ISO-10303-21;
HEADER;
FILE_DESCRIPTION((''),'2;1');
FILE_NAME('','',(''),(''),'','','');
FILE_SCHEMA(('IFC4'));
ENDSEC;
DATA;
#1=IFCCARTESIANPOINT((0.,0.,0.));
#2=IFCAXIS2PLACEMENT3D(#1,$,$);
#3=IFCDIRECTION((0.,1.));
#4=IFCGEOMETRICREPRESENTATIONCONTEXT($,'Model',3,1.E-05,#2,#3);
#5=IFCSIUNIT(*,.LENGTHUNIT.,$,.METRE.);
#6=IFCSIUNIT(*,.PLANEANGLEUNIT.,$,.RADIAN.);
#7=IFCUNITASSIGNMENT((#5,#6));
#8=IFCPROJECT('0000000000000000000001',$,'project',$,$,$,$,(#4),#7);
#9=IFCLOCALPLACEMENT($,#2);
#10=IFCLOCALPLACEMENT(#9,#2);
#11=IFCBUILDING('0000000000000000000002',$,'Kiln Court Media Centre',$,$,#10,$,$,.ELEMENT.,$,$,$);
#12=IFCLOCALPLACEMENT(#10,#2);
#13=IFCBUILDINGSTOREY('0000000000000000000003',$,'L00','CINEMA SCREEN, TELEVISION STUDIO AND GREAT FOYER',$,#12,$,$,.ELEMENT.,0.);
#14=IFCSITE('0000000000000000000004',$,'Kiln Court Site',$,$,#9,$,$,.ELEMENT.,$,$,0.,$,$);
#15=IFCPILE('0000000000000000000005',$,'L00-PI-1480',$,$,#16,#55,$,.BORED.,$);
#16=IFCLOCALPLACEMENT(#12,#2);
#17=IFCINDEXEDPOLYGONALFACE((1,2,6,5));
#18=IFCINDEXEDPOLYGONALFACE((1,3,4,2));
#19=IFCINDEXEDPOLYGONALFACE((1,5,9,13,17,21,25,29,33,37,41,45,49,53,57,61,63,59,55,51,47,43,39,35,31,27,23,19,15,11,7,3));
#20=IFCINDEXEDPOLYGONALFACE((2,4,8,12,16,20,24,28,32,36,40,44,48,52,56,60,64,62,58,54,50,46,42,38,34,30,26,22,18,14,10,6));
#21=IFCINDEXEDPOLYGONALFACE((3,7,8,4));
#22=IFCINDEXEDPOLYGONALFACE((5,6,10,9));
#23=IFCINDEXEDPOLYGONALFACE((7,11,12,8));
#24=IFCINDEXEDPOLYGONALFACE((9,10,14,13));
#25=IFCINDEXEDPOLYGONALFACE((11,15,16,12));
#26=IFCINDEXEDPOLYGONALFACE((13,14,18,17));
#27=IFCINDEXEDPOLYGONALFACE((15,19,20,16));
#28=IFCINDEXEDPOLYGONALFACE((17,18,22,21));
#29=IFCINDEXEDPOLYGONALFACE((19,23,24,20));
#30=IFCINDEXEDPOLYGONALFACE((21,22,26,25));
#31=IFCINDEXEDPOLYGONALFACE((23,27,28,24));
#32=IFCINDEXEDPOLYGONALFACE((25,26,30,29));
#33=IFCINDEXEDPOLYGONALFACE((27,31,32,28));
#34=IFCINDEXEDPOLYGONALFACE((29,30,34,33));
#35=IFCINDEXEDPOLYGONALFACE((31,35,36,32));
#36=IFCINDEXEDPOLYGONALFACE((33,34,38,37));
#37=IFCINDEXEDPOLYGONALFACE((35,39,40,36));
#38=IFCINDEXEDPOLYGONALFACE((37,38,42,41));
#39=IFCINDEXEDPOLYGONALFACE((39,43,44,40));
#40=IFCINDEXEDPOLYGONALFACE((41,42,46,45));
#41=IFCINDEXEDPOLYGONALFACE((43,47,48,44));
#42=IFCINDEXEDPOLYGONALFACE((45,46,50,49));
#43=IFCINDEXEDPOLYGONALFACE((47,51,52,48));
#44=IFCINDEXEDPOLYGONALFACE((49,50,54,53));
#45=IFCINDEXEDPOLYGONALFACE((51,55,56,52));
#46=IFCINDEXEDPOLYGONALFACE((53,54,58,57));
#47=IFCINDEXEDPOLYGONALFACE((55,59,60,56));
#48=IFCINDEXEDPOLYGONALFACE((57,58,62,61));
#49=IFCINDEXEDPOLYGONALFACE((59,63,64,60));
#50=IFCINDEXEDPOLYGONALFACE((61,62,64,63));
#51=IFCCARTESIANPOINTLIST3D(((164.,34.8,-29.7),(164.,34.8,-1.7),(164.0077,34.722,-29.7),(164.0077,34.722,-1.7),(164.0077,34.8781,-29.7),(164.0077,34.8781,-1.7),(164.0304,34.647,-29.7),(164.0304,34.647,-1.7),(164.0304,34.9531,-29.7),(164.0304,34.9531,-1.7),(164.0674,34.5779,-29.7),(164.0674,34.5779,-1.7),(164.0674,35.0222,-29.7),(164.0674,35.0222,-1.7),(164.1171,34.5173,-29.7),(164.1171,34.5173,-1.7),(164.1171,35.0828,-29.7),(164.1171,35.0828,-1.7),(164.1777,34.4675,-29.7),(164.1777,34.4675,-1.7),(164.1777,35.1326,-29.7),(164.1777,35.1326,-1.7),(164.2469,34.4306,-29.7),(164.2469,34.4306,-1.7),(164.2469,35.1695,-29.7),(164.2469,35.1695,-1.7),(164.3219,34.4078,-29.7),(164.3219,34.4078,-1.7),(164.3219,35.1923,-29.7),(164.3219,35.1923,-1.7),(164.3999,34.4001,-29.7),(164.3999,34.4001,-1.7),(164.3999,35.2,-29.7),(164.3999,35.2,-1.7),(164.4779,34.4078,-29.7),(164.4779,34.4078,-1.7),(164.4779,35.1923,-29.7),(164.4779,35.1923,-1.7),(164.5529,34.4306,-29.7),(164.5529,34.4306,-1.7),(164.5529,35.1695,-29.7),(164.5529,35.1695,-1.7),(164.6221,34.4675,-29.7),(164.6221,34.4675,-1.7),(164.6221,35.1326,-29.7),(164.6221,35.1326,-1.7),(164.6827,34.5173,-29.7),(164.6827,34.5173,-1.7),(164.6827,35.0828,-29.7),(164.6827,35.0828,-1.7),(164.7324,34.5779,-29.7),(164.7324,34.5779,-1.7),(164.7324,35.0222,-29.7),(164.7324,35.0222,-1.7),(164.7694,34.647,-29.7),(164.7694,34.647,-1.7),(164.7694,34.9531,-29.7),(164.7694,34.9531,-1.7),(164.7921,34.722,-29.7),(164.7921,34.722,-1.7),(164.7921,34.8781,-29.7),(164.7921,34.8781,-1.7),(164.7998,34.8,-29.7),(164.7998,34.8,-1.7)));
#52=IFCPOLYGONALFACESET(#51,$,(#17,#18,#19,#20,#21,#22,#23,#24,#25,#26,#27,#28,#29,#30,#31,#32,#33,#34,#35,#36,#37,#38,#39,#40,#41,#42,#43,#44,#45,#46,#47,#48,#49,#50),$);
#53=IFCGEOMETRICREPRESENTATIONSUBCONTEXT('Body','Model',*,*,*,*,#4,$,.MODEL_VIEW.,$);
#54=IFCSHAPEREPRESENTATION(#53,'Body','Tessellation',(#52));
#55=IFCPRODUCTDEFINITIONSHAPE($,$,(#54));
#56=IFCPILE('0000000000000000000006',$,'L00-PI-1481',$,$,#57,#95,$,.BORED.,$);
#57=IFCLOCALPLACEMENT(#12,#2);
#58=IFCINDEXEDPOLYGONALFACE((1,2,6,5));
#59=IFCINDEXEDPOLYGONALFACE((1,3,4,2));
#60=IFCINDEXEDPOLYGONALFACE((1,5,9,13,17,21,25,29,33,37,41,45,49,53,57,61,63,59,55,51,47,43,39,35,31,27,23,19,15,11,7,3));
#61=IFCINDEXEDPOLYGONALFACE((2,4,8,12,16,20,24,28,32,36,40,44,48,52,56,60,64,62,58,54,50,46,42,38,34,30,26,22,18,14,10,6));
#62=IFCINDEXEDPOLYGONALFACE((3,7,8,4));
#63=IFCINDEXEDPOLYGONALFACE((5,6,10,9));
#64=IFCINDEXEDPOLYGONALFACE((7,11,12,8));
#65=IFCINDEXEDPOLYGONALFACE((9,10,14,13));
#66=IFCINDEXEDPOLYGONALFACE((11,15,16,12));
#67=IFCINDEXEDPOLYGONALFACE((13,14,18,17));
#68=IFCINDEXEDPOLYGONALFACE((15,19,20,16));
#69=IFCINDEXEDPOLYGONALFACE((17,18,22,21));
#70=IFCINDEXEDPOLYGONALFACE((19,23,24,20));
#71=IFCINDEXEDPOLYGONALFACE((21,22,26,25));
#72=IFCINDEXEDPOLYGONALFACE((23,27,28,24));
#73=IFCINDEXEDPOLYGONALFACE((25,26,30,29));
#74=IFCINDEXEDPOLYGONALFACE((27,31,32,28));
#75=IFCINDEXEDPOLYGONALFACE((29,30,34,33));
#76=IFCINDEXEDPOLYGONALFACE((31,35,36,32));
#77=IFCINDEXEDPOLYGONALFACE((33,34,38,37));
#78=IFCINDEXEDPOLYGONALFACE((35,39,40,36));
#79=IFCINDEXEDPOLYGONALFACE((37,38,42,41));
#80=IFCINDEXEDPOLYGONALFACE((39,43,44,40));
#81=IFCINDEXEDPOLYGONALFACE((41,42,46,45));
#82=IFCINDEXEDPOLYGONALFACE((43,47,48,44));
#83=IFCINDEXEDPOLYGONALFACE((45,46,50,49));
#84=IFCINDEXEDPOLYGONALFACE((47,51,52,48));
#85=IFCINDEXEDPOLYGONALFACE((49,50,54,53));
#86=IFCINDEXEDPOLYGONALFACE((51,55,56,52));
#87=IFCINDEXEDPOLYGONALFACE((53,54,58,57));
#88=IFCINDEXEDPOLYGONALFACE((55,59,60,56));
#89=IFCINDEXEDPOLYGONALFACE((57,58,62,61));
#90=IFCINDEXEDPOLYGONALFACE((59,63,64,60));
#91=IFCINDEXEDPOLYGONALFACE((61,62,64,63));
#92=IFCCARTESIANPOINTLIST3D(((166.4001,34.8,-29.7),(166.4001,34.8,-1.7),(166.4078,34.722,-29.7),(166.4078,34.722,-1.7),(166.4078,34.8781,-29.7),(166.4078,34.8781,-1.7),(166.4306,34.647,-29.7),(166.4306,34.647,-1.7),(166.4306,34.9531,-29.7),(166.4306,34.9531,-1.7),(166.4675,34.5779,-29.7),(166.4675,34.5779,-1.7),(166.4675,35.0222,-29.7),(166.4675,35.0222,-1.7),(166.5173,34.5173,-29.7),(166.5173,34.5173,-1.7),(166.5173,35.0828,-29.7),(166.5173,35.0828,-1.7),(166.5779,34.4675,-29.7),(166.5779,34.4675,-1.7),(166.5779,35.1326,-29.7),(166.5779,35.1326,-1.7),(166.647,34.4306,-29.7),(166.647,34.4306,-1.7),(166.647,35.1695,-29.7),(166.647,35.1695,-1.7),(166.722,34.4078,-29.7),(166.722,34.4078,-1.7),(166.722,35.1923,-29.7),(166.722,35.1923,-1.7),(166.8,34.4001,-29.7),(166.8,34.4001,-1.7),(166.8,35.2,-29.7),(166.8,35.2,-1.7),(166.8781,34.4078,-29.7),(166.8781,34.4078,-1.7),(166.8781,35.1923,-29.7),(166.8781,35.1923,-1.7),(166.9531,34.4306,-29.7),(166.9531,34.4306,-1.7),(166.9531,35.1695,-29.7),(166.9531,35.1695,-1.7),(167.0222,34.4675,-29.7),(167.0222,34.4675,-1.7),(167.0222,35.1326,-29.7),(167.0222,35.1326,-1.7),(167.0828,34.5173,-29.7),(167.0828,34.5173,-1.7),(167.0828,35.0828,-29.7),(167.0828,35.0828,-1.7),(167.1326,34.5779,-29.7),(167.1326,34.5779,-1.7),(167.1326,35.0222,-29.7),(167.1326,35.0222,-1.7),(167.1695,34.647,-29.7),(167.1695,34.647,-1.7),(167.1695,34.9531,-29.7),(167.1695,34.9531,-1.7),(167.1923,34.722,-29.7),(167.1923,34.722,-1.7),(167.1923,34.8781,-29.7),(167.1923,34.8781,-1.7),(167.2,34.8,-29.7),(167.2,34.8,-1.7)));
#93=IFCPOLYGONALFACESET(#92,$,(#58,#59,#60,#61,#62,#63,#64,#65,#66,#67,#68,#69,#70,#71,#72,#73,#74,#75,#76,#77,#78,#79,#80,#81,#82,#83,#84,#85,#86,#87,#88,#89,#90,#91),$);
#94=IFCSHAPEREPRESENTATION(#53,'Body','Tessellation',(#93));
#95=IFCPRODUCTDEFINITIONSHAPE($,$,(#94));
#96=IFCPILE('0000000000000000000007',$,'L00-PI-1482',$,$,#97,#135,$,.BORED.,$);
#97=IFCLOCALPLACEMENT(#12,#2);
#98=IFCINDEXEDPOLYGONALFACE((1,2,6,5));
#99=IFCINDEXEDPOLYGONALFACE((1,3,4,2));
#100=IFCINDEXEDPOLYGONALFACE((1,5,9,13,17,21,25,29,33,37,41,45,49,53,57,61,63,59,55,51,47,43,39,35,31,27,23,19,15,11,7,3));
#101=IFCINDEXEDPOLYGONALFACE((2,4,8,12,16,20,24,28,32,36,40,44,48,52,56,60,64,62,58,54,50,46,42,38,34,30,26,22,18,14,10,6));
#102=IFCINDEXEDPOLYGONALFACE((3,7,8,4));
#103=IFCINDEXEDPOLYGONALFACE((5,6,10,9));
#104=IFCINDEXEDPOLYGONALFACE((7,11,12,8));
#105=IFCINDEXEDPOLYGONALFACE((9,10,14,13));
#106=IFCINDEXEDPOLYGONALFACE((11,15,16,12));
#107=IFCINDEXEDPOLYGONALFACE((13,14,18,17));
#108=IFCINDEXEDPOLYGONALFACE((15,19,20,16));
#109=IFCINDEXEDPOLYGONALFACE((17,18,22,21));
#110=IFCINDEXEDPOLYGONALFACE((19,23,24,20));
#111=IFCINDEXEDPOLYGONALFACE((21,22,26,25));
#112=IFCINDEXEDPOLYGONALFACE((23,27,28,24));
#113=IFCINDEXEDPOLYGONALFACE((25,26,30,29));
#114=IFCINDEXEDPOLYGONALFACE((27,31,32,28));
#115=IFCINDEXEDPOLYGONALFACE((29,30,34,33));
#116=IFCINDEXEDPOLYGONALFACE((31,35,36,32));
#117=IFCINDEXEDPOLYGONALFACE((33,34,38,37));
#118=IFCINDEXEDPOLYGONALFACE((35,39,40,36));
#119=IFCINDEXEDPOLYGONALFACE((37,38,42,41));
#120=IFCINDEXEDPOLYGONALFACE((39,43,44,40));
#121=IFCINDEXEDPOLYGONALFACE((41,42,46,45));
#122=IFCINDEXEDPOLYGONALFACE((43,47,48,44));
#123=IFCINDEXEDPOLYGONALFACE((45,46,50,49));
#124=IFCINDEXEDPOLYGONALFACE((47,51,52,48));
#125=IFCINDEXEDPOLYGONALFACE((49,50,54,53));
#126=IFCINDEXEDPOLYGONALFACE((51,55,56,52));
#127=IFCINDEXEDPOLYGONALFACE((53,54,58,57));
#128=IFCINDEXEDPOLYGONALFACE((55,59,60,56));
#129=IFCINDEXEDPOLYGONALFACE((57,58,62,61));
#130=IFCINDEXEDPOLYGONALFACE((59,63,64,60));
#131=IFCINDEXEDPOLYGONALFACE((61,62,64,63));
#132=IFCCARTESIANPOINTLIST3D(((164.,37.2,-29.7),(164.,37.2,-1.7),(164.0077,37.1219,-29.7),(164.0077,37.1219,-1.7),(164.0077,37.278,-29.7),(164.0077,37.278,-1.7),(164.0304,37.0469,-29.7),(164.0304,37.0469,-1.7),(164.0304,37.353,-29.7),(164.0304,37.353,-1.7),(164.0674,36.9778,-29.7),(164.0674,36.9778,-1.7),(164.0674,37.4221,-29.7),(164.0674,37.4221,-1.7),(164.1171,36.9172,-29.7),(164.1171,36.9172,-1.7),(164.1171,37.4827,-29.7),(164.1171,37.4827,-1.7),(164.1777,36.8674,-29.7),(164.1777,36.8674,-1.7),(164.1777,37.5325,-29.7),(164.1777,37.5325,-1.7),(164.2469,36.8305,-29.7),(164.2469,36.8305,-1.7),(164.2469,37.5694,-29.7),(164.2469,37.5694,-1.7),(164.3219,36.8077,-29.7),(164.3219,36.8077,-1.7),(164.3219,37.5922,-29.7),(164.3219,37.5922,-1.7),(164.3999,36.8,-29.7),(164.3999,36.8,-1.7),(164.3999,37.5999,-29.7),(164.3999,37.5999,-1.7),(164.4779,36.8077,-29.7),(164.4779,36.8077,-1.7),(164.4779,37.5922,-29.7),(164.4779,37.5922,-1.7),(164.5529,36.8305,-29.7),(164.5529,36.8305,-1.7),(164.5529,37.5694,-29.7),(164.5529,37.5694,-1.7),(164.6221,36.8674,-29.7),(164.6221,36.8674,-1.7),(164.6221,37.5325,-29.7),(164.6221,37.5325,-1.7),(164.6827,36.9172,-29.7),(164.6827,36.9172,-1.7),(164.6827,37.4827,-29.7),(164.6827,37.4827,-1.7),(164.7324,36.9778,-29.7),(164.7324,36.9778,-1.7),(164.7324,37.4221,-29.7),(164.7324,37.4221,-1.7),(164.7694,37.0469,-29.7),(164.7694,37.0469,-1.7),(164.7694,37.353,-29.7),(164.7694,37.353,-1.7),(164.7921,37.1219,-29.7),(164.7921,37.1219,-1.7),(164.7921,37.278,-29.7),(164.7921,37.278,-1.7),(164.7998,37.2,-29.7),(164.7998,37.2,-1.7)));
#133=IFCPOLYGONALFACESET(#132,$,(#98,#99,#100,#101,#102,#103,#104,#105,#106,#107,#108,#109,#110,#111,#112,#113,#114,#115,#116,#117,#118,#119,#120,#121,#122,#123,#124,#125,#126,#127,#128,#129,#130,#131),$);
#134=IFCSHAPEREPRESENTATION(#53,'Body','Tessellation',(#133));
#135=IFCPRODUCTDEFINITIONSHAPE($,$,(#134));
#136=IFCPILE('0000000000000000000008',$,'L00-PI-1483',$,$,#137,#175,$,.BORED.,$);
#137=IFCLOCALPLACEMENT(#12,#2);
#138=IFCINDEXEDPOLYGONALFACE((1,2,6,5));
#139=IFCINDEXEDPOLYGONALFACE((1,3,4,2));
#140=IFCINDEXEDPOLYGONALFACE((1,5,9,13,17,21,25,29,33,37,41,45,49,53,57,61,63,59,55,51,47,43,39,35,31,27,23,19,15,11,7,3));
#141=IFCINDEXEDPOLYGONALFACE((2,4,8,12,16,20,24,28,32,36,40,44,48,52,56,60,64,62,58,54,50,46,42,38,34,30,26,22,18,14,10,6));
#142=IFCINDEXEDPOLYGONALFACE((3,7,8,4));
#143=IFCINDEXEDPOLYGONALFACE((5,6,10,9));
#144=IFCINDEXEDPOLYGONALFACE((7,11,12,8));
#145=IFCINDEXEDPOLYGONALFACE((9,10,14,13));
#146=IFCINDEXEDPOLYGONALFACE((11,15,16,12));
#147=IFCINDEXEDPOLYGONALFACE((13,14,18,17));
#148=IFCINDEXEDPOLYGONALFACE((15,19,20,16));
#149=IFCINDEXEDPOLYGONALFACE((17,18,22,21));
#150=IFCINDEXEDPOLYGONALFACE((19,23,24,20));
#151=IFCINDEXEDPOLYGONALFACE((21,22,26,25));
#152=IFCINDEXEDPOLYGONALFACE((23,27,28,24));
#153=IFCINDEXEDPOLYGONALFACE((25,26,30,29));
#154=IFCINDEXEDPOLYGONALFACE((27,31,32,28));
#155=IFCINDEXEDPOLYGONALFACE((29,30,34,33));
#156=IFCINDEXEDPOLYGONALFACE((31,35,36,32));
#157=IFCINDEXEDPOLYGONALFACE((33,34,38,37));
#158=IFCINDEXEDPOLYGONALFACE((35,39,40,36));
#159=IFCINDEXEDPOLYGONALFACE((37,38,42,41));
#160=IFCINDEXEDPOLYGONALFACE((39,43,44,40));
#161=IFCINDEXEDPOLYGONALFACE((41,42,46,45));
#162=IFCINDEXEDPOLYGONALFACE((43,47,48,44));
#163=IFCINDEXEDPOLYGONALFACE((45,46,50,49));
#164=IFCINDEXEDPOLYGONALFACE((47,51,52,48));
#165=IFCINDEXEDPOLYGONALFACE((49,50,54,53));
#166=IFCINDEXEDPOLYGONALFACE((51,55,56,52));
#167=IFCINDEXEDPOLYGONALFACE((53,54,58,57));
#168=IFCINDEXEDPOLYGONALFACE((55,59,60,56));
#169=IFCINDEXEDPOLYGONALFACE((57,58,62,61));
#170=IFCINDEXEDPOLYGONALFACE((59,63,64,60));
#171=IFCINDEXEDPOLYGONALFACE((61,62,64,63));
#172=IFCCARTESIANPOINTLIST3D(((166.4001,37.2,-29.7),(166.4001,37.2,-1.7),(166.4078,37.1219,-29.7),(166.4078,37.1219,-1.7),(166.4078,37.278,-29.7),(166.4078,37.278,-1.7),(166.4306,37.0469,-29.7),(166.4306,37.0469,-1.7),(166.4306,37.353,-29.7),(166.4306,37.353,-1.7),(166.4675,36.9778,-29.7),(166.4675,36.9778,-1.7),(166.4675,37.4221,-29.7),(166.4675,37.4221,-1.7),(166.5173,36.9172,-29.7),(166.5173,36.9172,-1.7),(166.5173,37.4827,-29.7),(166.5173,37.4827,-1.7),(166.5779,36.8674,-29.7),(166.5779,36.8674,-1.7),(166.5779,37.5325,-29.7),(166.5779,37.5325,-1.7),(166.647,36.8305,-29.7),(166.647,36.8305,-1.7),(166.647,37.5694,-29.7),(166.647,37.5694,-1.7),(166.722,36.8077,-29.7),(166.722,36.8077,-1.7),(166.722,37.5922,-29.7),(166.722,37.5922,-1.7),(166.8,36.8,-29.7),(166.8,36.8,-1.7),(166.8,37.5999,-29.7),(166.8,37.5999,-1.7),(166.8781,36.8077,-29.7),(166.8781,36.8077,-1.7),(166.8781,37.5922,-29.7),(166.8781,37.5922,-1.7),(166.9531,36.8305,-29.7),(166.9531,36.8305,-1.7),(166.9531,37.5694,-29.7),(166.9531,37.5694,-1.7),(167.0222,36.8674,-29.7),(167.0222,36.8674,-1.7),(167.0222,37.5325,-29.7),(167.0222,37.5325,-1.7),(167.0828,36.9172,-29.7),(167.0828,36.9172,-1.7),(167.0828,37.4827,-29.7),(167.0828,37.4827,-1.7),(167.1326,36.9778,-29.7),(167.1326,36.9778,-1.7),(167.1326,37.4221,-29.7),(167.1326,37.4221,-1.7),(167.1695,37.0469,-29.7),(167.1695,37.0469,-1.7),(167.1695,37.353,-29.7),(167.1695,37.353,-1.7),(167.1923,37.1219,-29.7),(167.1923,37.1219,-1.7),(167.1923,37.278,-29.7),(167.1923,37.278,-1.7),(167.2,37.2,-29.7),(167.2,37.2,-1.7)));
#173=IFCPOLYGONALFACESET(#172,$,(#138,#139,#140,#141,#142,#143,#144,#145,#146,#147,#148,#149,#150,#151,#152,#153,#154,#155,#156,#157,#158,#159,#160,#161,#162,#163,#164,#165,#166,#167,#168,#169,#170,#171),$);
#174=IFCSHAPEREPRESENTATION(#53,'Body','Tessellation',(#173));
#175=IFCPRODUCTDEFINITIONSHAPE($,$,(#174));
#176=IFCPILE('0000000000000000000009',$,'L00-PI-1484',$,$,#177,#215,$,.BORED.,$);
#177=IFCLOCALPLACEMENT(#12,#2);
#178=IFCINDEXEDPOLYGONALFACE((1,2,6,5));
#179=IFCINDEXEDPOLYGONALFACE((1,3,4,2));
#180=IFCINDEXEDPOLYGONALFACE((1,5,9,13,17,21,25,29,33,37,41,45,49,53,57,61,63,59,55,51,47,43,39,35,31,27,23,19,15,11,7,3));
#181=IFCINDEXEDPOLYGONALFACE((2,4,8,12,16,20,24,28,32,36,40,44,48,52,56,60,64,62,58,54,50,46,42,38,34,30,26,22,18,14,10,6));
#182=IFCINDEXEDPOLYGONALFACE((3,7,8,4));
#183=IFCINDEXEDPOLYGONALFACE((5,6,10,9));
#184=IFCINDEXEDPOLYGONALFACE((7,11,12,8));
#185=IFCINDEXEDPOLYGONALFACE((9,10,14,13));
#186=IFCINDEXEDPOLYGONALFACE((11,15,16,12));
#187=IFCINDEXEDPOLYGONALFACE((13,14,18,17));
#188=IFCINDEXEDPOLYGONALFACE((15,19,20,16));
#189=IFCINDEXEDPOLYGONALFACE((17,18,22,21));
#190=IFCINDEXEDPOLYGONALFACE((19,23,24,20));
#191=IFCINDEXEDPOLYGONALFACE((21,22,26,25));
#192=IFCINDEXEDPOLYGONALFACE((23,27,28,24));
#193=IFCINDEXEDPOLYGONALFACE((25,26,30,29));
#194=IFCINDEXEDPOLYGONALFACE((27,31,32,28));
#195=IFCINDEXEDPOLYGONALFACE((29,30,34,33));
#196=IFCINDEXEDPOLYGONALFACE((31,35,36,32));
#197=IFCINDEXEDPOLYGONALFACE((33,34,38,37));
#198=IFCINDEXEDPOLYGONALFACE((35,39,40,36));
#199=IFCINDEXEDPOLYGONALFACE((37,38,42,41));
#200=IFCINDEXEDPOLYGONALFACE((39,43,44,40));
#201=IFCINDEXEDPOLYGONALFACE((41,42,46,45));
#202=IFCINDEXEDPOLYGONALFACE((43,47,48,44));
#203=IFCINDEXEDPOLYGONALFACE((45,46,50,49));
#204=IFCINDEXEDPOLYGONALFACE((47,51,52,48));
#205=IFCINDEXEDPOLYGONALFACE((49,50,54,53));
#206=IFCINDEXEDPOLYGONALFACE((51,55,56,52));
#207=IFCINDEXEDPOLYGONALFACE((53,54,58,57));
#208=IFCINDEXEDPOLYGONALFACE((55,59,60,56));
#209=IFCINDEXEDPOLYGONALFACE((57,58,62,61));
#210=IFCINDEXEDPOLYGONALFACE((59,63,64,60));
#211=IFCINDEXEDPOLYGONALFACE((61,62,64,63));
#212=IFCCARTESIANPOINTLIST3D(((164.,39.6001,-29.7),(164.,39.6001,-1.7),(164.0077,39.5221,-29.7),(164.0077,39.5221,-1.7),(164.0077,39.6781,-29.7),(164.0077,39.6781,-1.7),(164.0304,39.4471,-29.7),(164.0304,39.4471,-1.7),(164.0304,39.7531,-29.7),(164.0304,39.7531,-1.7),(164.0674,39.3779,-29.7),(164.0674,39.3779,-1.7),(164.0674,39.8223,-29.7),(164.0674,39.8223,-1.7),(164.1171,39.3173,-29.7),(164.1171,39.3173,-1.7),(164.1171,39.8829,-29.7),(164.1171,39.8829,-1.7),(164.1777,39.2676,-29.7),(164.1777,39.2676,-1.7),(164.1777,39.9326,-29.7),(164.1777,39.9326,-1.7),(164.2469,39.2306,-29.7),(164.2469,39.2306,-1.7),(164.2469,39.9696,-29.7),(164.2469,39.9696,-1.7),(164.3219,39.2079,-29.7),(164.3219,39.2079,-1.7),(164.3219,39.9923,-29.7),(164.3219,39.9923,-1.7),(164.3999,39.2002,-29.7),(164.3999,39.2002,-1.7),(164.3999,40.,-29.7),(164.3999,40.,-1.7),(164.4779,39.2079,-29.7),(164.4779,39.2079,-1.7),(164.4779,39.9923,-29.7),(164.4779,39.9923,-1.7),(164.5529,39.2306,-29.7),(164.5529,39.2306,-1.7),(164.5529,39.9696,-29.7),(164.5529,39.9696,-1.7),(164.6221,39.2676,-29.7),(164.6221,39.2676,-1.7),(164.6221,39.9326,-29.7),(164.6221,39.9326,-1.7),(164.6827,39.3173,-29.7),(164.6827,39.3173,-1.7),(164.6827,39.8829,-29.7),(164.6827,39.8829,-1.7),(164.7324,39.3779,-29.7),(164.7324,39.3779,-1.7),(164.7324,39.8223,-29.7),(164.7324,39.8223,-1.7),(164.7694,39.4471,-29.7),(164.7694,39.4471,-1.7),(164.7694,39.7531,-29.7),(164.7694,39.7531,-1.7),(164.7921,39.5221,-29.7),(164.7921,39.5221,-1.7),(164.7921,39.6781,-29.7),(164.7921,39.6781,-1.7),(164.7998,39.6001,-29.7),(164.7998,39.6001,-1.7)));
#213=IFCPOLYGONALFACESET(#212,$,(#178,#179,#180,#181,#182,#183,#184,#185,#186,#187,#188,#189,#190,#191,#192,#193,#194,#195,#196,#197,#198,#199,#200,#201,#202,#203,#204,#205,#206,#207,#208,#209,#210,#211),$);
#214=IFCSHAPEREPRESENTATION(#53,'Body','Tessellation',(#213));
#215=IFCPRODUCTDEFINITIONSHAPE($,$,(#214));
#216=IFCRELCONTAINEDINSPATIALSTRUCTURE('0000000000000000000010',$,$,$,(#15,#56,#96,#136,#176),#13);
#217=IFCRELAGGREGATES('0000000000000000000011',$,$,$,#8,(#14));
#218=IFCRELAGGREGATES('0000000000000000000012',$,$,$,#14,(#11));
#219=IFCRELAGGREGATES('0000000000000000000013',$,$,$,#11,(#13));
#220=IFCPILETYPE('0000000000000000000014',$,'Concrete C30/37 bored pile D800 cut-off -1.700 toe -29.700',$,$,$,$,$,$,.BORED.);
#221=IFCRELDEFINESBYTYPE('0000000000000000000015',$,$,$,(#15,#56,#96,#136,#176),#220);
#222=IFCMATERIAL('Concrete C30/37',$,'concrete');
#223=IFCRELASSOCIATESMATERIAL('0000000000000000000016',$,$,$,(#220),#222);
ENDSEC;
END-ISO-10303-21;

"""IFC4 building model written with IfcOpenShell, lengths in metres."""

from ifc_helpers import new_model, si_unit, direction, frame, origin, origin_2d, place, context, subcontext, project, spatial, circle, extrude, material, material_profile, profile_set, type_object, element, save


model = new_model("IFC4")

# Units and contexts
model_context = context("Model", 3, precision=1e-05, world=origin(), true_north=direction((0.0, 1.0)))
body_context = subcontext(model_context, "Body", "Model", "MODEL_VIEW")
ifc_project = project(units=[si_unit("LENGTHUNIT", "METRE"), si_unit("PLANEANGLEUNIT", "RADIAN")], contexts=[model_context])

# Site, building, storey
site_placement = place(None, origin())
site = spatial("IfcSite", under=ifc_project, at=site_placement, Name="Kiln Court Site", CompositionType="ELEMENT", RefElevation=0.0)
building_placement = place(site_placement, origin())
building = spatial("IfcBuilding", under=site, at=building_placement, Name="Kiln Court Media Centre", CompositionType="ELEMENT")
storey_placement = place(building_placement, origin())
storey = spatial("IfcBuildingStorey", under=building, at=storey_placement, Name="L00", Description="CINEMA SCREEN, TELEVISION STUDIO AND GREAT FOYER", CompositionType="ELEMENT", Elevation=0.0)

# Piles
ifc_material_1 = material(Name="Concrete C30/37", Category="concrete")
ifc_material_profile = material_profile(ifc_material_1, circle(Radius=0.3999, at=origin_2d()), Name="PILE D800")
ifc_profile_set = profile_set([ifc_material_profile], Name="Concrete C30/37")
pile_type = type_object("IfcPileType", Name="Concrete C30/37 bored pile D800 cut-off -1.700 toe -29.700", PredefinedType="BORED", material=ifc_profile_set)
for number, where, z_axis, x_axis, name in (
    (1, (164.3999, 34.8, -1.7), (0.0, 0.0, -1.0), (1.0, 0.0, 0.0), "L00-PI-1480"),
    (2, (166.8, 34.8, -1.7), (0.0, 0.0, -1.0), (1.0, 0.0, 0.0), "L00-PI-1481"),
    (3, (164.3999, 37.2, -1.7), (0.0, 0.0, -1.0), (1.0, 0.0, 0.0), "L00-PI-1482"),
    (4, (166.8, 37.2, -1.7), (0.0, 0.0, -1.0), (1.0, 0.0, 0.0), "L00-PI-1483"),
    (5, (164.3999, 39.6001, -1.7), (0.0, 0.0, -1.0), (1.0, 0.0, 0.0), "L00-PI-1484"),
):
    element("IfcPile", number, at=place(storey_placement, frame(where, z_axis=z_axis, x_axis=x_axis)), inside=storey, type_object=pile_type, Name=name, PredefinedType="BORED", context=body_context, shape_type="SweptSolid", body=[
        extrude(circle(Radius=0.3999, at=origin_2d()), origin(), (0.0, 0.0, 1.0), 28.0),
    ])

save(model, "model.ifc")
